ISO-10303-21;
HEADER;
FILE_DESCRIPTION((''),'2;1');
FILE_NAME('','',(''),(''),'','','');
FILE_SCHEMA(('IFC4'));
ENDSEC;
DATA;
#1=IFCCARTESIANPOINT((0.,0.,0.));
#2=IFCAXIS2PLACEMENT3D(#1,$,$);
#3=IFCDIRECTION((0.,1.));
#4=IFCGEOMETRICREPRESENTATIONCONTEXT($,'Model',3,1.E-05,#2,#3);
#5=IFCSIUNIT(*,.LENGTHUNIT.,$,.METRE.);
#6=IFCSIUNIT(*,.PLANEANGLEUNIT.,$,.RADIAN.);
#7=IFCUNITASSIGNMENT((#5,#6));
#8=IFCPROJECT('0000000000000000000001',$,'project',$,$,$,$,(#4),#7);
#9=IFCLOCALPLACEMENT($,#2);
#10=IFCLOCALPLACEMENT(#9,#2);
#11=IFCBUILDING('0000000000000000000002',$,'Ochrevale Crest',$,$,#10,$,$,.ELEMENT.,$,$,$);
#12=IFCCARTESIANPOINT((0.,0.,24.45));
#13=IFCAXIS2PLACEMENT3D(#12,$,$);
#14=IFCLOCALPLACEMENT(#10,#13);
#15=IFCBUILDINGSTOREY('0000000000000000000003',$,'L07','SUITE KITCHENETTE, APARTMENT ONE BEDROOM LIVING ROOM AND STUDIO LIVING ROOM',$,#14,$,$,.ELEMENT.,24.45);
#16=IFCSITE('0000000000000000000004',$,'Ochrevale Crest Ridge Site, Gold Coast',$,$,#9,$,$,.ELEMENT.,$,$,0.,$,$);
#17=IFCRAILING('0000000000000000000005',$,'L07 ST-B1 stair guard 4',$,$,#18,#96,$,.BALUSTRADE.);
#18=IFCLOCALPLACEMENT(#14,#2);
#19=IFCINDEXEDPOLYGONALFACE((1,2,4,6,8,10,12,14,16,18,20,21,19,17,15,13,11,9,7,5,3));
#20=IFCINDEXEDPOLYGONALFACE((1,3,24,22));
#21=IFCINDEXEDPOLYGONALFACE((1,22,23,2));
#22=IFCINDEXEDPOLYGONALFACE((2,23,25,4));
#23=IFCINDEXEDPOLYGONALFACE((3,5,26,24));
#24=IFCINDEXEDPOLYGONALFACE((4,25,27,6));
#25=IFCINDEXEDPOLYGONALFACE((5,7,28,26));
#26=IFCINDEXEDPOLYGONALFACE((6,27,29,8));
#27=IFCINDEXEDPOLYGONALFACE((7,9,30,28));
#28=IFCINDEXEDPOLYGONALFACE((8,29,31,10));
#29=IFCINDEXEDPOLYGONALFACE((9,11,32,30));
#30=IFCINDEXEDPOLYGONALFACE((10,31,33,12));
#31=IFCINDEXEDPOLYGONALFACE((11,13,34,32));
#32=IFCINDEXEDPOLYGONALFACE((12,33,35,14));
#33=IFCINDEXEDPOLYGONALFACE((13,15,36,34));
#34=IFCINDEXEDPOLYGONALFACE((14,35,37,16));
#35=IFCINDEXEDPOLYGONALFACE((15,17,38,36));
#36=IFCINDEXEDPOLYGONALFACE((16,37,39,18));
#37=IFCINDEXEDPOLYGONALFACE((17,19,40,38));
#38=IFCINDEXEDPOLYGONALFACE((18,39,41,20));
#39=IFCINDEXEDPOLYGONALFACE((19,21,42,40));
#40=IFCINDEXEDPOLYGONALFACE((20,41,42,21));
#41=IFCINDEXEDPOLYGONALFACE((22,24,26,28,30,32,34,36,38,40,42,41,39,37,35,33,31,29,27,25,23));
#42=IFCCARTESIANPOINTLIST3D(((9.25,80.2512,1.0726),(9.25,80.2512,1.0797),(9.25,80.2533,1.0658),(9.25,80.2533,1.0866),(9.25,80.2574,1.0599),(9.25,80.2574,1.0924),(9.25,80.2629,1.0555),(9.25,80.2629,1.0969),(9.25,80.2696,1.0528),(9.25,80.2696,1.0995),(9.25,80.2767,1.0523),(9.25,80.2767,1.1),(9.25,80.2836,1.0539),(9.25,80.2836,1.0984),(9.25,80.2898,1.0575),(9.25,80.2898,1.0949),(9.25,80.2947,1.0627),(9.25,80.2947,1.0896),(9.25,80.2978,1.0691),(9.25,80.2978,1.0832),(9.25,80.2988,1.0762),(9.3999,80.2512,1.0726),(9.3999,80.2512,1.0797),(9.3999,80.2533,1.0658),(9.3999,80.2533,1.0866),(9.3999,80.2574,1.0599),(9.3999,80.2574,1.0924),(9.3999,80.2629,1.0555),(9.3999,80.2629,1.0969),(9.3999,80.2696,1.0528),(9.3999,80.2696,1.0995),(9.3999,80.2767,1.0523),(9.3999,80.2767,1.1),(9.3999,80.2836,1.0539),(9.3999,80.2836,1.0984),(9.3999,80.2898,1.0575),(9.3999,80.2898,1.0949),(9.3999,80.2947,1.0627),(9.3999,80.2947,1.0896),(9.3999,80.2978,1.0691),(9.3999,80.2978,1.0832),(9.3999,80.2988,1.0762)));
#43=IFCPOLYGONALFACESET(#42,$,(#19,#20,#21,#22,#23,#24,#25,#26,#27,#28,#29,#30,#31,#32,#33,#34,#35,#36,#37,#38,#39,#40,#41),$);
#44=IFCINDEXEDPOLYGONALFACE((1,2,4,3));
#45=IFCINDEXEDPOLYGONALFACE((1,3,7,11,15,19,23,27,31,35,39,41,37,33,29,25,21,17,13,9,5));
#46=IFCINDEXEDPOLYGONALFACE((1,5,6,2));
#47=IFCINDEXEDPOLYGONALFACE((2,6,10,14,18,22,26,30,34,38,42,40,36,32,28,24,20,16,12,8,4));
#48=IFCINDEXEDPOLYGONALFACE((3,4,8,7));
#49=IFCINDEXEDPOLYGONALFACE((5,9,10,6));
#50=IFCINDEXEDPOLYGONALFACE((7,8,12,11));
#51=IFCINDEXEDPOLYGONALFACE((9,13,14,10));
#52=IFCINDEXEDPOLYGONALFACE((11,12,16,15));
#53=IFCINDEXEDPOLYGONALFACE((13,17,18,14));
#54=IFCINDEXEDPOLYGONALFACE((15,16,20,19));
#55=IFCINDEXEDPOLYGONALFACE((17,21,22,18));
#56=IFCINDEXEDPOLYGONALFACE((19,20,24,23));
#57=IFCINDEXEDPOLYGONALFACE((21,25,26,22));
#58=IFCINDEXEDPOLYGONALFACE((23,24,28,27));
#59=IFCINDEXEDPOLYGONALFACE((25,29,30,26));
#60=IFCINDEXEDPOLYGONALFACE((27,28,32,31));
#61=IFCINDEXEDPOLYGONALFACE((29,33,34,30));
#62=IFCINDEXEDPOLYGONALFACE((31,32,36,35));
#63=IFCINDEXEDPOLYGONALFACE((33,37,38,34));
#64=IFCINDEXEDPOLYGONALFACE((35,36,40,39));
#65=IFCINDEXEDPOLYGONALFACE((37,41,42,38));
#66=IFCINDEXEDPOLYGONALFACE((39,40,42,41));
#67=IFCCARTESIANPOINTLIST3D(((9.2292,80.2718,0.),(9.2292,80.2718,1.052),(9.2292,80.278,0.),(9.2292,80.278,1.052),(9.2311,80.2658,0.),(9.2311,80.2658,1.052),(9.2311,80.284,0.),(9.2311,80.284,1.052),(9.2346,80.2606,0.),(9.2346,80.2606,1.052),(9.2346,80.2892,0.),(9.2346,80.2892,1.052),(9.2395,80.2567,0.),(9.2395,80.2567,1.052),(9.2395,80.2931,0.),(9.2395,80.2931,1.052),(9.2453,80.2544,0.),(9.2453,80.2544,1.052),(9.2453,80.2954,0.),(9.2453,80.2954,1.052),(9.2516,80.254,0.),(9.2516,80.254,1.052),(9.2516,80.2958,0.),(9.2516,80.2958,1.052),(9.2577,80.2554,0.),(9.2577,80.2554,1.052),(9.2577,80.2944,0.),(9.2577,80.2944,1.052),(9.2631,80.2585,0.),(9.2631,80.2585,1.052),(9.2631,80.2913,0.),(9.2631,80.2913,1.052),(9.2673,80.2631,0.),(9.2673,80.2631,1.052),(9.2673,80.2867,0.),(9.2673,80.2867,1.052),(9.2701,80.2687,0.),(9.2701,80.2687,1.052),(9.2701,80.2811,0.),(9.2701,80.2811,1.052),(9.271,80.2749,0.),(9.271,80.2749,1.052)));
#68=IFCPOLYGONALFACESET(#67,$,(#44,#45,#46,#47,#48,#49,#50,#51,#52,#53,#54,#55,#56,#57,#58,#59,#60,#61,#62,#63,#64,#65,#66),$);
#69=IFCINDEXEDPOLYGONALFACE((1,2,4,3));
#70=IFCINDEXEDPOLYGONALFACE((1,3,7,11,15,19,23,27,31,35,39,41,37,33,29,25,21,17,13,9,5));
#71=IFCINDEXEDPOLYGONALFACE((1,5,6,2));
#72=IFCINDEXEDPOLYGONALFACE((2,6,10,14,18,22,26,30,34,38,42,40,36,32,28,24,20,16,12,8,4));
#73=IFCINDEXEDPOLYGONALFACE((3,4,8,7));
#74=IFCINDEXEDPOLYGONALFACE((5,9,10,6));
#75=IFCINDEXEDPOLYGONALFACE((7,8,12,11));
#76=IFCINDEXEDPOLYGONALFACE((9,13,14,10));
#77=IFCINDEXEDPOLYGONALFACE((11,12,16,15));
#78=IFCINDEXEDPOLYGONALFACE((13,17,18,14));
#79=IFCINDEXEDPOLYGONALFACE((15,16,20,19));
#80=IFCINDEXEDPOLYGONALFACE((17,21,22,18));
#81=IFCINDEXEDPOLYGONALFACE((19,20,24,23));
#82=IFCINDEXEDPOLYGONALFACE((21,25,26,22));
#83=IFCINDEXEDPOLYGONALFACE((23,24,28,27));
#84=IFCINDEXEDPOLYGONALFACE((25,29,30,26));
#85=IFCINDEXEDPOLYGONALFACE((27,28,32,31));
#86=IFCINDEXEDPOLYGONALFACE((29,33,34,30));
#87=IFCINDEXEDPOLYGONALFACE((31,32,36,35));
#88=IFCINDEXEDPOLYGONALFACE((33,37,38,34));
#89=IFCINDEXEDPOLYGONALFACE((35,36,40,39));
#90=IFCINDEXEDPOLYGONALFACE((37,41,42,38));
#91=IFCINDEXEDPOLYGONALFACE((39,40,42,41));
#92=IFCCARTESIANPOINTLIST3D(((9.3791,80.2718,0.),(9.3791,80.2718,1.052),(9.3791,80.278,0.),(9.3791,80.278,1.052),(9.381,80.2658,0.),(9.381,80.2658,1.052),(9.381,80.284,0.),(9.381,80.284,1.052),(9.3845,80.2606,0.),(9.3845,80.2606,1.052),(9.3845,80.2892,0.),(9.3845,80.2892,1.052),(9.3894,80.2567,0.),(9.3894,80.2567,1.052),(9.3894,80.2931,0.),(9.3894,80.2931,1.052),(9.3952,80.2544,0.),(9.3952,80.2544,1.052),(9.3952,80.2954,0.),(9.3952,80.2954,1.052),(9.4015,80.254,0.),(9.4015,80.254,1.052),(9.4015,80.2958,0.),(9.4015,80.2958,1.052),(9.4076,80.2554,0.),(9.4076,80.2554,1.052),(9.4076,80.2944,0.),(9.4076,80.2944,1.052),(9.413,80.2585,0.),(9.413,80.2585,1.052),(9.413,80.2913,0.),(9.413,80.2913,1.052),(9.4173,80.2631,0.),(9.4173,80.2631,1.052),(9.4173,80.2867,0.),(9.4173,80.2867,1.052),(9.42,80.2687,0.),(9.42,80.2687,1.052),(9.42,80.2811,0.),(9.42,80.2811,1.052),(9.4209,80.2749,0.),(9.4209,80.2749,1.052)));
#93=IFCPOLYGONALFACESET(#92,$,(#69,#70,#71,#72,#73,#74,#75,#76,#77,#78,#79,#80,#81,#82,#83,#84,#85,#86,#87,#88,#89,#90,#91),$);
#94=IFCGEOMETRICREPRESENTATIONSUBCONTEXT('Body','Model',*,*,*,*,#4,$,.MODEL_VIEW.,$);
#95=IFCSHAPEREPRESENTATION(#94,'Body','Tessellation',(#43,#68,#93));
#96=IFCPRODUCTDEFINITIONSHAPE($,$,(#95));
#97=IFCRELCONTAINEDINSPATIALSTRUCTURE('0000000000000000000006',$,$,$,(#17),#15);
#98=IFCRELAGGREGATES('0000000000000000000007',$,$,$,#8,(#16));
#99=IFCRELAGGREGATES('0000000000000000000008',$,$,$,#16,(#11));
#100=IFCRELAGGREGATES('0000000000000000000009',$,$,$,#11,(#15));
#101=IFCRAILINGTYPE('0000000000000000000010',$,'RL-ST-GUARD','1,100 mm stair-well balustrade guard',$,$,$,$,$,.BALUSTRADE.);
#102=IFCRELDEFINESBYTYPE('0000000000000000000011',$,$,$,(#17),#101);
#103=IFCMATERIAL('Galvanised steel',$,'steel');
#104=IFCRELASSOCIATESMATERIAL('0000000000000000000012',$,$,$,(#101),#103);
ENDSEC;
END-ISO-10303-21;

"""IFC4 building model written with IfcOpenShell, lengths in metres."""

from ifc_helpers import new_model, si_unit, direction, frame, origin, origin_2d, place, context, subcontext, project, spatial, circle, extrude, material, type_object, element, save


model = new_model("IFC4")

# Units and contexts
model_context = context("Model", 3, precision=1e-05, world=origin(), true_north=direction((0.0, 1.0)))
body_context = subcontext(model_context, "Body", "Model", "MODEL_VIEW")
ifc_project = project(units=[si_unit("LENGTHUNIT", "METRE"), si_unit("PLANEANGLEUNIT", "RADIAN")], contexts=[model_context])

# Site, building, storey
site_placement = place(None, origin())
site = spatial("IfcSite", under=ifc_project, at=site_placement, Name="Ochrevale Crest Ridge Site, Gold Coast", CompositionType="ELEMENT", RefElevation=0.0)
building_placement = place(site_placement, origin())
building = spatial("IfcBuilding", under=site, at=building_placement, Name="Ochrevale Crest", CompositionType="ELEMENT")
storey_placement = place(building_placement, frame((0.0, 0.0, 24.45)))
storey = spatial("IfcBuildingStorey", under=building, at=storey_placement, Name="L07", Description="SUITE KITCHENETTE, APARTMENT ONE BEDROOM LIVING ROOM AND STUDIO LIVING ROOM", CompositionType="ELEMENT", Elevation=24.45)

# Railing
ifc_material_1 = material(Name="Galvanised steel", Category="steel")
railing_type = type_object("IfcRailingType", Name="RL-ST-GUARD", Description="1,100 mm stair-well balustrade guard", PredefinedType="BALUSTRADE", material=ifc_material_1)
railing_1_placement = place(storey_placement, frame((9.25, 80.2749, 0.0)))
element("IfcRailing", 1, at=railing_1_placement, inside=storey, type_object=railing_type, Name="L07 ST-B1 stair guard 4", PredefinedType="BALUSTRADE", context=body_context, shape_type="SweptSolid", body=[
    extrude(circle(Radius=0.0239, at=origin_2d()), frame((0.0, 0.0, 1.0762), z_axis=(1.0, 0.0, 0.0), x_axis=(0.0, 1.0, 0.0)), (0.0, 0.0, 1.0), 0.1499),
    extrude(circle(Radius=0.021, at=origin_2d()), origin(), (0.0, 0.0, 1.0), 1.052),
    extrude(circle(Radius=0.021, at=origin_2d()), frame((0.1499, 0.0, 0.0)), (0.0, 0.0, 1.0), 1.052),
])

save(model, "model.ifc")
